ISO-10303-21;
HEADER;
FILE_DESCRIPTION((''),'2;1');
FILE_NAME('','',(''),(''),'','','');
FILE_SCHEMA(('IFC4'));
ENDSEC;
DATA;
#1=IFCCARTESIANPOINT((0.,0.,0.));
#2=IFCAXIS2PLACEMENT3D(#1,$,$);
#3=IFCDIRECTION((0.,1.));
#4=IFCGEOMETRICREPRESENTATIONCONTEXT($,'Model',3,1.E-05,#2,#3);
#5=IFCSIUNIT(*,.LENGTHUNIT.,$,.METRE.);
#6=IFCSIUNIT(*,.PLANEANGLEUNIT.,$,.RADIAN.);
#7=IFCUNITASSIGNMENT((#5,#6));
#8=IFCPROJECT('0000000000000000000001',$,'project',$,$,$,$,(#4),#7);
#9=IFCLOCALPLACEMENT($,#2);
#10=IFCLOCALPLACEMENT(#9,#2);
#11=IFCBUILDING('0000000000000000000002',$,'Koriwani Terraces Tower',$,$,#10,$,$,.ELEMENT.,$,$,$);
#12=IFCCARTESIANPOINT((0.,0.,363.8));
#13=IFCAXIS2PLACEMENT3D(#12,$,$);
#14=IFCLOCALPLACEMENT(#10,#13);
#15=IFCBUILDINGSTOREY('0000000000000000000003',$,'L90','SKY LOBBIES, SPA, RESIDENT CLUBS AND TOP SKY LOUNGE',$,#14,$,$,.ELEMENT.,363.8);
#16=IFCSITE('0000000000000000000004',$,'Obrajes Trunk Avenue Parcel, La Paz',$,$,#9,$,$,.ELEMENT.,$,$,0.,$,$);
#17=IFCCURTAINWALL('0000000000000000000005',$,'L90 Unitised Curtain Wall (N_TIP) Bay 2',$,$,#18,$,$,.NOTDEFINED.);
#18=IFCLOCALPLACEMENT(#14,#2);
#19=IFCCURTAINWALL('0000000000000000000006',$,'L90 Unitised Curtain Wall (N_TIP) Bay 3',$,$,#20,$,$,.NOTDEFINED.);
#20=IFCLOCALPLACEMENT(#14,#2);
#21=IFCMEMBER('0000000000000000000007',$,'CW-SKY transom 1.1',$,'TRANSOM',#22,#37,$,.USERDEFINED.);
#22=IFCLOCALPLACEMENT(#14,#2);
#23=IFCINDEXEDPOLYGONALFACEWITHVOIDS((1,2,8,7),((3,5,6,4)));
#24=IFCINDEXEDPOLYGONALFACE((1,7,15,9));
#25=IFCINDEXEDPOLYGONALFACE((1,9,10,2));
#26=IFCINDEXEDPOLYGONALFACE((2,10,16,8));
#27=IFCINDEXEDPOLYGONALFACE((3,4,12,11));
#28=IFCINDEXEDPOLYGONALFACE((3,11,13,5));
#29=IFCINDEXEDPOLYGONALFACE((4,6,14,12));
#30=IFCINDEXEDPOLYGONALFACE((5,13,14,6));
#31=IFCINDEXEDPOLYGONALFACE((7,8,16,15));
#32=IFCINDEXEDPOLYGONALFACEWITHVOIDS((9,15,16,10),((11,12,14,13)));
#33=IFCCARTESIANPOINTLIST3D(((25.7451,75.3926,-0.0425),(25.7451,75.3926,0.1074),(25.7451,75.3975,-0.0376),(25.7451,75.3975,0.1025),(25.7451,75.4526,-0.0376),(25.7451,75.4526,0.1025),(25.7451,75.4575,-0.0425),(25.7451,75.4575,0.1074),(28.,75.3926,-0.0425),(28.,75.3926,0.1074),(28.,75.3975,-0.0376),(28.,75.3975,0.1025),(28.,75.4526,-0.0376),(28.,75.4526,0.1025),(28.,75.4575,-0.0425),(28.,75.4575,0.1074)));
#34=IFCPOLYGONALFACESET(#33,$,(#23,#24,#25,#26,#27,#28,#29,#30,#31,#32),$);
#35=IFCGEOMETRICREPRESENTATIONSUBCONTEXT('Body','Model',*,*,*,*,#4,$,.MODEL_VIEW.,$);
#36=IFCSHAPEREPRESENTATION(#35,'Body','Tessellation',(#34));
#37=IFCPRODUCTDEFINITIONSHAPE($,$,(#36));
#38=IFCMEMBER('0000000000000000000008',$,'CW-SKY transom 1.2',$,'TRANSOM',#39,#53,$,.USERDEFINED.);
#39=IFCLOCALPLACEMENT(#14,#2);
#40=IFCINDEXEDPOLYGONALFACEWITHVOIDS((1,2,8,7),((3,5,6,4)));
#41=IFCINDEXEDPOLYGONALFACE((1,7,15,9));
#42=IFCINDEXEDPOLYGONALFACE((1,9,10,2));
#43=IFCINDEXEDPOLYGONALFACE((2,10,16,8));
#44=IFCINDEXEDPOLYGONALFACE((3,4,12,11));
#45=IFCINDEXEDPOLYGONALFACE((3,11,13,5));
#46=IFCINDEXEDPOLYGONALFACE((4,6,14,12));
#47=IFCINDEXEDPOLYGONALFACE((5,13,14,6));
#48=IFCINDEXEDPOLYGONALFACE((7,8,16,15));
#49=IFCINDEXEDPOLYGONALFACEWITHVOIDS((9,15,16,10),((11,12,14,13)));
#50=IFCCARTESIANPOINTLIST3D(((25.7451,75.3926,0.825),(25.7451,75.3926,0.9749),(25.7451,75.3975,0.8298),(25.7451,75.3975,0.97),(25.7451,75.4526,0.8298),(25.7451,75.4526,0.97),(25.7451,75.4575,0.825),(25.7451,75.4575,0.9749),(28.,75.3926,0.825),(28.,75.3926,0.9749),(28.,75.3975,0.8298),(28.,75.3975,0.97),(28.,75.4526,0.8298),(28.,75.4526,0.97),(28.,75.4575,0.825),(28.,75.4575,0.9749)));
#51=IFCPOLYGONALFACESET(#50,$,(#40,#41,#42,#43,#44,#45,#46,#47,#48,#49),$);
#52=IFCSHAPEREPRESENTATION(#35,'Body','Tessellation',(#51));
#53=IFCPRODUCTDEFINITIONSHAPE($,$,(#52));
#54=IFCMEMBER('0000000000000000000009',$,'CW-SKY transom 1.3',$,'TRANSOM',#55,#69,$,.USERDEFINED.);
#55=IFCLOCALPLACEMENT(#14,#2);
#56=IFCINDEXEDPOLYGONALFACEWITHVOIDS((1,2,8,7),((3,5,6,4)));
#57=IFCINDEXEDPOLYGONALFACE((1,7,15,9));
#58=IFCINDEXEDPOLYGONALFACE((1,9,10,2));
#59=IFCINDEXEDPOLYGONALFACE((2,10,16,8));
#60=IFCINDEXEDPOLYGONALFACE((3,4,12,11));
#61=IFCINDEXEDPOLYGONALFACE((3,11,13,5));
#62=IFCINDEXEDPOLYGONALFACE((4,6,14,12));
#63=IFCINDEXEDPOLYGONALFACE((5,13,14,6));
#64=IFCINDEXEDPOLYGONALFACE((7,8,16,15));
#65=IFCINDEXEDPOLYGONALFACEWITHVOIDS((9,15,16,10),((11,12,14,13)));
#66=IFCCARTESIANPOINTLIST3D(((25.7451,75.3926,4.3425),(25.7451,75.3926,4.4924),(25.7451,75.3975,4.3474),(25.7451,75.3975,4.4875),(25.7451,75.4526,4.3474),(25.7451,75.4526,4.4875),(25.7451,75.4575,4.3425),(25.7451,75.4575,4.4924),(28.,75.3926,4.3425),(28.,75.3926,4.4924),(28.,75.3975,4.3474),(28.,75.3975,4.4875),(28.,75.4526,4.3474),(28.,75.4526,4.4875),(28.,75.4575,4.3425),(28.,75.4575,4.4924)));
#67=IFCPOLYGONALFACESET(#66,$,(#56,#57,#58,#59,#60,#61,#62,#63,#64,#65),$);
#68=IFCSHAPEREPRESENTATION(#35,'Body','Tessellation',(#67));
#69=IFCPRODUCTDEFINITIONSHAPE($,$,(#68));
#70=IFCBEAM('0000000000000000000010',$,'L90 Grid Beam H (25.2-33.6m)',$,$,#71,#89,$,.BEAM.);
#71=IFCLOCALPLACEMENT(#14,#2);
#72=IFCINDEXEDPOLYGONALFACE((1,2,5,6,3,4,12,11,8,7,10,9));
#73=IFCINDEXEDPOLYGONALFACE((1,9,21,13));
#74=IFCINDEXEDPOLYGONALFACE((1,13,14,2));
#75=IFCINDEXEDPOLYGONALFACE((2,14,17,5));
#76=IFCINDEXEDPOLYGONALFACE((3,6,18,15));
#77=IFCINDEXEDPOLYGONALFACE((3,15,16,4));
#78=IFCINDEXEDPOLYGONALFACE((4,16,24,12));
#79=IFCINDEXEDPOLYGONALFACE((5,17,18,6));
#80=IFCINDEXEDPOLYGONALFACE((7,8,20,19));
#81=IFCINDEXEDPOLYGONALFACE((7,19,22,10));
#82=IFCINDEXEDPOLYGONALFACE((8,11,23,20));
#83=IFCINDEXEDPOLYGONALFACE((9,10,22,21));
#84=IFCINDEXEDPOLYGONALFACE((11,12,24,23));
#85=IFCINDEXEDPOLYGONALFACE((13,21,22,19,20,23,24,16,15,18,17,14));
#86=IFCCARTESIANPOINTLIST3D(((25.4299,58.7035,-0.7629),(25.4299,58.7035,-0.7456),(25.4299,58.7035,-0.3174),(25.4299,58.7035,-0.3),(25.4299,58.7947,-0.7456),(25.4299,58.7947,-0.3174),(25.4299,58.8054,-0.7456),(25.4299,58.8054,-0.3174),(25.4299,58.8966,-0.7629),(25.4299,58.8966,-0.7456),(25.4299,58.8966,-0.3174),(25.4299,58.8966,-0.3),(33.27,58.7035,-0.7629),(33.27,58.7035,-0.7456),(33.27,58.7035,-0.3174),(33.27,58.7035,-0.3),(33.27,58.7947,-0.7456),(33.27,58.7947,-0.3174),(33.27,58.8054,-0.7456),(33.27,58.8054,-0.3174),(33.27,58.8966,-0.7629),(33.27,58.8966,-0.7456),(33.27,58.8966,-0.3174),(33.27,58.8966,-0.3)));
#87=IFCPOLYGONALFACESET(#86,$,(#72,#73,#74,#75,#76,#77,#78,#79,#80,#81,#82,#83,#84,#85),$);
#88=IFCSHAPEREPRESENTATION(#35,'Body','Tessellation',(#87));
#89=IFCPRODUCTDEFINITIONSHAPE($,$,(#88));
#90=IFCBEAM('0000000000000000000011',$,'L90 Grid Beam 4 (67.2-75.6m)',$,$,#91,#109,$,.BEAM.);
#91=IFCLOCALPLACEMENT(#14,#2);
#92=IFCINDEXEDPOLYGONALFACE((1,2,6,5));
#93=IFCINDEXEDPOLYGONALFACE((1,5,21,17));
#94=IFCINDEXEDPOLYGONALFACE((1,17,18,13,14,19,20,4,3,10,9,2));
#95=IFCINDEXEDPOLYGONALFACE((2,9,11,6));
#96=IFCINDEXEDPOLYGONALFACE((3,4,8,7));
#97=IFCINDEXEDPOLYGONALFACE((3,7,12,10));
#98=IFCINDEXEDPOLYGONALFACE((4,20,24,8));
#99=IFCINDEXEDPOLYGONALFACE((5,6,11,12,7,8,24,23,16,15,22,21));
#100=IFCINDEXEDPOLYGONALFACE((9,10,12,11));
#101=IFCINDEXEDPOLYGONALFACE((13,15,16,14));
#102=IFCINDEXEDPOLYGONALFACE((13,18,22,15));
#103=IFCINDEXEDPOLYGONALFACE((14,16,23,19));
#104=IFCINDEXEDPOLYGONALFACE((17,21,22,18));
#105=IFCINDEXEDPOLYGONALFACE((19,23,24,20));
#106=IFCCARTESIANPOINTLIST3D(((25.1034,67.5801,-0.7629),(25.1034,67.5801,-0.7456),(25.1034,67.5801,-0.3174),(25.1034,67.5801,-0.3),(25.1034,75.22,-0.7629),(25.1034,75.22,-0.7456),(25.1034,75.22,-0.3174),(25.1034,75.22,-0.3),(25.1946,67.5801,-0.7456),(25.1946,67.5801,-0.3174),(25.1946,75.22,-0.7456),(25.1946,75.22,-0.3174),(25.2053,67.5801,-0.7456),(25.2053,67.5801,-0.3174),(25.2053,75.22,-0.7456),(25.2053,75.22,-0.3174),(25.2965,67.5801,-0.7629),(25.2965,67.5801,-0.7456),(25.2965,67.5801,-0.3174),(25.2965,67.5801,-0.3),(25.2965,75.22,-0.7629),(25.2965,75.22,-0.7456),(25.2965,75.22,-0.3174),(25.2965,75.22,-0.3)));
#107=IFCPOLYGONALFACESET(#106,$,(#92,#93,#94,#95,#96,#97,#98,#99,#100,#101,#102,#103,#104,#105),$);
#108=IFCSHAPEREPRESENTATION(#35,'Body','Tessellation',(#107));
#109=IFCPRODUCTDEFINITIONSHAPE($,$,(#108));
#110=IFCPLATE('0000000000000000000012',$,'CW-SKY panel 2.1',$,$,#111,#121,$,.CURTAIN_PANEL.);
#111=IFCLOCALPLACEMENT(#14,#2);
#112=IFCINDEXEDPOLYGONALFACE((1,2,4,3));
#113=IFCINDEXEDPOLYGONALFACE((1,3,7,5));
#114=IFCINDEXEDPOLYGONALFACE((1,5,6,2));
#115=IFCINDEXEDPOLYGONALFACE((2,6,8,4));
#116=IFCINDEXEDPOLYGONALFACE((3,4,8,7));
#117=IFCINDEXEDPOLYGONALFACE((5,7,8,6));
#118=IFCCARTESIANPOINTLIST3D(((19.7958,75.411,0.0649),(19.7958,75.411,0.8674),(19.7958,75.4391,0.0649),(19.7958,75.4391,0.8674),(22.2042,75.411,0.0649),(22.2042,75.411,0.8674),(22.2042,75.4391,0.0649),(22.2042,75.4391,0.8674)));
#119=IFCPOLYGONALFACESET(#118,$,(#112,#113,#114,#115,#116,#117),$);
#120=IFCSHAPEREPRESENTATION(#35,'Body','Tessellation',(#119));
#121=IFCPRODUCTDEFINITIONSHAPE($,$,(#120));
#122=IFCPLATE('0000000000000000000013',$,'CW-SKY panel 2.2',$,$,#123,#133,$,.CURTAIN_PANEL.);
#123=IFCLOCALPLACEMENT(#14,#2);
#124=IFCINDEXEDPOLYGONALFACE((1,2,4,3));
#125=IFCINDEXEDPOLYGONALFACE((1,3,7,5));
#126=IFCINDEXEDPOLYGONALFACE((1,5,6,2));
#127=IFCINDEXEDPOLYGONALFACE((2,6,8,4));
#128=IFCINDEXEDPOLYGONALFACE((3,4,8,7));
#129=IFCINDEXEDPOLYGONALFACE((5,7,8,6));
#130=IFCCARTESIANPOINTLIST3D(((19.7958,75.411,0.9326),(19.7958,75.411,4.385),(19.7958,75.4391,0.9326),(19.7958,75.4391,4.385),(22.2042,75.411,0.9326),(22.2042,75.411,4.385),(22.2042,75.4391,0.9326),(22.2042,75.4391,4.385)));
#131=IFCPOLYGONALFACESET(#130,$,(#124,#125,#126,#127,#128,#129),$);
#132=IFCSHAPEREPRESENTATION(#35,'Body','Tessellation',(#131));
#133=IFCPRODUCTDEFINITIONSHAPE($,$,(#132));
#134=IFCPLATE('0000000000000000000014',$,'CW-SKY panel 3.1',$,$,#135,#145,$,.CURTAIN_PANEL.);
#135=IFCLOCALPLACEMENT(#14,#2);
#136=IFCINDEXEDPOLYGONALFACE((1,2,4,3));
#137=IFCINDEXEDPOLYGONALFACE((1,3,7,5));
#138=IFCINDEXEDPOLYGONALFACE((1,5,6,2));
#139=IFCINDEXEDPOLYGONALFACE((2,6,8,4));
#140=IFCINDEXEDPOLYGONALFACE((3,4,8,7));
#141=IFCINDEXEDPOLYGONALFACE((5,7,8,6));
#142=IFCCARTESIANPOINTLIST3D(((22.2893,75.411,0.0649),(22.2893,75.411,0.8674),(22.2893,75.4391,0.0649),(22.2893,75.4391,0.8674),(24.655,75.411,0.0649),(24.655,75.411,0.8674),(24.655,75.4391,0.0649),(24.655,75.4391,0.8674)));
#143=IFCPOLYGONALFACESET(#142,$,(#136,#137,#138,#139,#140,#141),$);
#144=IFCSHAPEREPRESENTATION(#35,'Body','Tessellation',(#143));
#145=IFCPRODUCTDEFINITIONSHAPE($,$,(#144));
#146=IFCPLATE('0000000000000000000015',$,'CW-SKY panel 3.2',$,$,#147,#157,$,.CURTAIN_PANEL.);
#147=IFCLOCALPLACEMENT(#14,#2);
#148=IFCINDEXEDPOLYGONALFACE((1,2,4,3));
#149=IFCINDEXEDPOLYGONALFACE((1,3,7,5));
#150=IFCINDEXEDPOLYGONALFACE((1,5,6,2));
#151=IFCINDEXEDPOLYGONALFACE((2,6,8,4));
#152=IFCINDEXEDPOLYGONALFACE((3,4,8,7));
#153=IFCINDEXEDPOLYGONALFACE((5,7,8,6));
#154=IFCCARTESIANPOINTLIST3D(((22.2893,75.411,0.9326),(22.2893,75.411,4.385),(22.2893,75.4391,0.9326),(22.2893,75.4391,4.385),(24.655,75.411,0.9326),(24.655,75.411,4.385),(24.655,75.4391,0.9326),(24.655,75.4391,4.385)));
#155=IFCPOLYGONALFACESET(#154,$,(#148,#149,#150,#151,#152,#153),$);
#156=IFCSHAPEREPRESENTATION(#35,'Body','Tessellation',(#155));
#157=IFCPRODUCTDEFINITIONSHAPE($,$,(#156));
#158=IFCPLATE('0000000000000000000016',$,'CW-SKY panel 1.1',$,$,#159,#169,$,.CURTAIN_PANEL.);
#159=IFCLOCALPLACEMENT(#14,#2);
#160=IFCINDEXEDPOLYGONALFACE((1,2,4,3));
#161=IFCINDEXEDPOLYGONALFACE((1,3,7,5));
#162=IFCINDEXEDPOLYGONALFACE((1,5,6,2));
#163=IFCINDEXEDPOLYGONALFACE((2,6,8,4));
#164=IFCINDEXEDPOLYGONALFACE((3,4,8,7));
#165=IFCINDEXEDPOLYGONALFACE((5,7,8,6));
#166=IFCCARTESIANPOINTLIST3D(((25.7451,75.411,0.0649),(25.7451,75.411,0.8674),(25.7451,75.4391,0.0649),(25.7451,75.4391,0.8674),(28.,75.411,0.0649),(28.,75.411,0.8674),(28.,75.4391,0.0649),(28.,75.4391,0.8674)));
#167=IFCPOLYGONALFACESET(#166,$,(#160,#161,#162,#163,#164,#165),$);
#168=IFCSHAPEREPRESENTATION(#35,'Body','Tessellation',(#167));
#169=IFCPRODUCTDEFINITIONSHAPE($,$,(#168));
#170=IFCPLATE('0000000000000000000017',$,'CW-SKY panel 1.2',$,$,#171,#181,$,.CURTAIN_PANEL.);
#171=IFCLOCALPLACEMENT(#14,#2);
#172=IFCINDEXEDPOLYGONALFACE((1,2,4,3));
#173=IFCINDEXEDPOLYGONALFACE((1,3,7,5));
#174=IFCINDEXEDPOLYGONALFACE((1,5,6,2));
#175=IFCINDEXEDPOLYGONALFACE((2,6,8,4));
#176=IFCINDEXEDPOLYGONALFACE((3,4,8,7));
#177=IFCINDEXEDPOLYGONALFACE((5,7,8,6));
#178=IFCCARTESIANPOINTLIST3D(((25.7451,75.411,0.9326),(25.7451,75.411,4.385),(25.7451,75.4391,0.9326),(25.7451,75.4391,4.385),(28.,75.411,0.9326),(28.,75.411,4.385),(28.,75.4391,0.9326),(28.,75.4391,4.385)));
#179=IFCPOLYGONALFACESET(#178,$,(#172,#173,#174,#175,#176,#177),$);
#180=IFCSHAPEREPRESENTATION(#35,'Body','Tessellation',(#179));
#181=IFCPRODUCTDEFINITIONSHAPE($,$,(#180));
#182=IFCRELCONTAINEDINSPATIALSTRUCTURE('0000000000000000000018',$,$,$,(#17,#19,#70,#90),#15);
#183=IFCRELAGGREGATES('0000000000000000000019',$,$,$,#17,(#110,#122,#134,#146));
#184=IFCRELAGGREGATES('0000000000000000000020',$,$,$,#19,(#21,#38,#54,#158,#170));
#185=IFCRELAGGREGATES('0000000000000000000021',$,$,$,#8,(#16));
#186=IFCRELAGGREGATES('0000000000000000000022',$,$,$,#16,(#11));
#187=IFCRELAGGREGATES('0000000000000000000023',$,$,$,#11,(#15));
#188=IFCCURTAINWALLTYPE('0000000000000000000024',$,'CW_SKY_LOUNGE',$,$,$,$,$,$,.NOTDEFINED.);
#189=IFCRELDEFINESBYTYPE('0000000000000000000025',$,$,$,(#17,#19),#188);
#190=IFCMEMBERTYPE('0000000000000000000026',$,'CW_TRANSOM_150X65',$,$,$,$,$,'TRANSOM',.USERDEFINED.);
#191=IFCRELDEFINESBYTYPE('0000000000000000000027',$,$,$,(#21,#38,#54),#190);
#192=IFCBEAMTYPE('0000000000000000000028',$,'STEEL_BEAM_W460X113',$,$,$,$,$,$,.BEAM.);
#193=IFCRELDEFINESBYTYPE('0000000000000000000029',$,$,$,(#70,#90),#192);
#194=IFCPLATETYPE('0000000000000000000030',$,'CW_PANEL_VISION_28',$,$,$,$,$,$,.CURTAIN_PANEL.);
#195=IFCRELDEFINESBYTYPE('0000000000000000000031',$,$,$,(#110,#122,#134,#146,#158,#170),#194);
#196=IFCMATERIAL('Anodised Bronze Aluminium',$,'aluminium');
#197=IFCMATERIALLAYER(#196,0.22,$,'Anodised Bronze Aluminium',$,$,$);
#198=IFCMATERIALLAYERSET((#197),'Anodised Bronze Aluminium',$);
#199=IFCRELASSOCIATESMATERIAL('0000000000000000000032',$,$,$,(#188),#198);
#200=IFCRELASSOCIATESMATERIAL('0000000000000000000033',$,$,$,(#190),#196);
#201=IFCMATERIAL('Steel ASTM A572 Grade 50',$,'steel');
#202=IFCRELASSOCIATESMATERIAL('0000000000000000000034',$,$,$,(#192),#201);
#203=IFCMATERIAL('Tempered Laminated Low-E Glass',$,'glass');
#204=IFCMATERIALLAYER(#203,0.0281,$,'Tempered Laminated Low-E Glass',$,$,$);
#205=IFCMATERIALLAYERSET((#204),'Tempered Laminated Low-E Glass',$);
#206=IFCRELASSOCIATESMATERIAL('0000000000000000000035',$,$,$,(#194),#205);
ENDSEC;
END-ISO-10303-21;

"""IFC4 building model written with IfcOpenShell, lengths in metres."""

from ifc_helpers import new_model, si_unit, direction, frame, origin, origin_2d, place, context, subcontext, project, spatial, rectangle, hollow_rectangle, i_section, extrude, material, layer, layer_set, material_profile, profile_set, type_object, element, aggregate, save


model = new_model("IFC4")

# Units and contexts
model_context = context("Model", 3, precision=1e-05, world=origin(), true_north=direction((0.0, 1.0)))
body_context = subcontext(model_context, "Body", "Model", "MODEL_VIEW")
ifc_project = project(units=[si_unit("LENGTHUNIT", "METRE"), si_unit("PLANEANGLEUNIT", "RADIAN")], contexts=[model_context])

# Site, building, storey
site_placement = place(None, origin())
site = spatial("IfcSite", under=ifc_project, at=site_placement, Name="Obrajes Trunk Avenue Parcel, La Paz", CompositionType="ELEMENT", RefElevation=0.0)
building_placement = place(site_placement, origin())
building = spatial("IfcBuilding", under=site, at=building_placement, Name="Koriwani Terraces Tower", CompositionType="ELEMENT")
storey_placement = place(building_placement, frame((0.0, 0.0, 363.8)))
storey = spatial("IfcBuildingStorey", under=building, at=storey_placement, Name="L90", Description="SKY LOBBIES, SPA, RESIDENT CLUBS AND TOP SKY LOUNGE", CompositionType="ELEMENT", Elevation=363.8)

# Curtain walls
ifc_material_1 = material(Name="Anodised Bronze Aluminium", Category="aluminium")
ifc_layer_1 = layer(ifc_material_1, 0.22, Name="Anodised Bronze Aluminium")
ifc_layer_set_1 = layer_set([ifc_layer_1], Name="Anodised Bronze Aluminium")
curtain_wall_type = type_object("IfcCurtainWallType", Name="CW_SKY_LOUNGE", PredefinedType="NOTDEFINED", material=ifc_layer_set_1)
curtain_wall_1_placement = place(storey_placement, origin())
curtain_wall_1 = element("IfcCurtainWall", 1, at=curtain_wall_1_placement, inside=storey, type_object=curtain_wall_type, Name="L90 Unitised Curtain Wall (N_TIP) Bay 2", PredefinedType="NOTDEFINED")
curtain_wall_2_placement = place(storey_placement, origin())
curtain_wall_2 = element("IfcCurtainWall", 2, at=curtain_wall_2_placement, inside=storey, type_object=curtain_wall_type, Name="L90 Unitised Curtain Wall (N_TIP) Bay 3", PredefinedType="NOTDEFINED")

# Members
ifc_material_profile_1 = material_profile(ifc_material_1, hollow_rectangle(XDim=0.0649, YDim=0.1499, WallThickness=0.0049, at=origin_2d()), Name="Anodised Bronze Aluminium", Category="LoadBearing")
ifc_profile_set_1 = profile_set([ifc_material_profile_1], Name="Anodised Bronze Aluminium")
member_type_1 = type_object("IfcMemberType", Name="CW_TRANSOM_150X65", ElementType="TRANSOM", PredefinedType="USERDEFINED", material=ifc_profile_set_1)
member_1_placement = place(storey_placement, frame((25.7451, 75.425, 0.0325), z_axis=(1.0, 0.0, 0.0), x_axis=(0.0, 1.0, 0.0)))
member_1 = element("IfcMember", 3, at=member_1_placement, type_object=member_type_1, Name="CW-SKY transom 1.1", ObjectType="TRANSOM", PredefinedType="USERDEFINED", context=body_context, shape_type="SweptSolid", body=[
    extrude(hollow_rectangle(XDim=0.0649, YDim=0.1499, WallThickness=0.0049, at=origin_2d()), origin(), (0.0, 0.0, 1.0), 2.2549),
])
member_2_placement = place(storey_placement, frame((25.7451, 75.425, 0.8999), z_axis=(1.0, 0.0, 0.0), x_axis=(0.0, 1.0, 0.0)))
member_2 = element("IfcMember", 4, at=member_2_placement, type_object=member_type_1, Name="CW-SKY transom 1.2", ObjectType="TRANSOM", PredefinedType="USERDEFINED", context=body_context, shape_type="SweptSolid", body=[
    extrude(hollow_rectangle(XDim=0.0649, YDim=0.1499, WallThickness=0.0049, at=origin_2d()), origin(), (0.0, 0.0, 1.0), 2.2549),
])
member_3_placement = place(storey_placement, frame((25.7451, 75.425, 4.4175), z_axis=(1.0, 0.0, 0.0), x_axis=(0.0, 1.0, 0.0)))
member_3 = element("IfcMember", 5, at=member_3_placement, type_object=member_type_1, Name="CW-SKY transom 1.3", ObjectType="TRANSOM", PredefinedType="USERDEFINED", context=body_context, shape_type="SweptSolid", body=[
    extrude(hollow_rectangle(XDim=0.0649, YDim=0.1499, WallThickness=0.0049, at=origin_2d()), origin(), (0.0, 0.0, 1.0), 2.2549),
])

# Beams
ifc_material_2 = material(Name="Steel ASTM A572 Grade 50", Category="steel")
ifc_material_profile_2 = material_profile(ifc_material_2, i_section(OverallWidth=0.1931, OverallDepth=0.4629, WebThickness=0.0107, FlangeThickness=0.0173, at=origin_2d()), Name="Steel ASTM A572 Grade 50", Category="LoadBearing")
ifc_profile_set_2 = profile_set([ifc_material_profile_2], Name="Steel ASTM A572 Grade 50")
beam_type_1 = type_object("IfcBeamType", Name="STEEL_BEAM_W460X113", PredefinedType="BEAM", material=ifc_profile_set_2)
beam_1_placement = place(storey_placement, frame((25.4299, 58.8, -0.5315), z_axis=(1.0, 0.0, 0.0), x_axis=(0.0, 1.0, 0.0)))
element("IfcBeam", 6, at=beam_1_placement, inside=storey, type_object=beam_type_1, Name="L90 Grid Beam H (25.2-33.6m)", PredefinedType="BEAM", context=body_context, shape_type="SweptSolid", body=[
    extrude(i_section(OverallWidth=0.1931, OverallDepth=0.4629, WebThickness=0.0107, FlangeThickness=0.0173, at=origin_2d()), origin(), (0.0, 0.0, 1.0), 7.8401),
])
beam_2_placement = place(storey_placement, frame((25.2, 67.5801, -0.5315), z_axis=(0.0, 1.0, 0.0), x_axis=(-1.0, 0.0, 0.0)))
element("IfcBeam", 7, at=beam_2_placement, inside=storey, type_object=beam_type_1, Name="L90 Grid Beam 4 (67.2-75.6m)", PredefinedType="BEAM", context=body_context, shape_type="SweptSolid", body=[
    extrude(i_section(OverallWidth=0.1931, OverallDepth=0.4629, WebThickness=0.0107, FlangeThickness=0.0173, at=origin_2d()), origin(), (0.0, 0.0, 1.0), 7.6399),
])

# Plates
ifc_material_3 = material(Name="Tempered Laminated Low-E Glass", Category="glass")
ifc_layer_2 = layer(ifc_material_3, 0.0281, Name="Tempered Laminated Low-E Glass")
ifc_layer_set_2 = layer_set([ifc_layer_2], Name="Tempered Laminated Low-E Glass")
plate_type = type_object("IfcPlateType", Name="CW_PANEL_VISION_28", PredefinedType="CURTAIN_PANEL", material=ifc_layer_set_2)
plate_1_placement = place(storey_placement, frame((21.0, 75.425, 0.0649), z_axis=(0.0, 0.0, 1.0), x_axis=(1.0, 0.0, 0.0)))
plate_1 = element("IfcPlate", 8, at=plate_1_placement, type_object=plate_type, Name="CW-SKY panel 2.1", PredefinedType="CURTAIN_PANEL", context=body_context, shape_type="SweptSolid", body=[
    extrude(rectangle(XDim=2.4084, YDim=0.0281, at=origin_2d()), origin(), (0.0, 0.0, 1.0), 0.8025),
])
plate_2_placement = place(storey_placement, frame((21.0, 75.425, 0.9326), z_axis=(0.0, 0.0, 1.0), x_axis=(1.0, 0.0, 0.0)))
plate_2 = element("IfcPlate", 9, at=plate_2_placement, type_object=plate_type, Name="CW-SKY panel 2.2", PredefinedType="CURTAIN_PANEL", context=body_context, shape_type="SweptSolid", body=[
    extrude(rectangle(XDim=2.4084, YDim=0.0281, at=origin_2d()), origin(), (0.0, 0.0, 1.0), 3.4524),
])
plate_3_placement = place(storey_placement, frame((23.4722, 75.425, 0.0649), z_axis=(0.0, 0.0, 1.0), x_axis=(1.0, 0.0, 0.0)))
plate_3 = element("IfcPlate", 10, at=plate_3_placement, type_object=plate_type, Name="CW-SKY panel 3.1", PredefinedType="CURTAIN_PANEL", context=body_context, shape_type="SweptSolid", body=[
    extrude(rectangle(XDim=2.3657, YDim=0.0281, at=origin_2d()), origin(), (0.0, 0.0, 1.0), 0.8025),
])
plate_4_placement = place(storey_placement, frame((23.4722, 75.425, 0.9326), z_axis=(0.0, 0.0, 1.0), x_axis=(1.0, 0.0, 0.0)))
plate_4 = element("IfcPlate", 11, at=plate_4_placement, type_object=plate_type, Name="CW-SKY panel 3.2", PredefinedType="CURTAIN_PANEL", context=body_context, shape_type="SweptSolid", body=[
    extrude(rectangle(XDim=2.3657, YDim=0.0281, at=origin_2d()), origin(), (0.0, 0.0, 1.0), 3.4524),
])
aggregate(curtain_wall_1, [plate_1, plate_2, plate_3, plate_4])
plate_5_placement = place(storey_placement, frame((26.8726, 75.425, 0.0649), z_axis=(0.0, 0.0, 1.0), x_axis=(1.0, 0.0, 0.0)))
plate_5 = element("IfcPlate", 12, at=plate_5_placement, type_object=plate_type, Name="CW-SKY panel 1.1", PredefinedType="CURTAIN_PANEL", context=body_context, shape_type="SweptSolid", body=[
    extrude(rectangle(XDim=2.2549, YDim=0.0281, at=origin_2d()), origin(), (0.0, 0.0, 1.0), 0.8025),
])
plate_6_placement = place(storey_placement, frame((26.8726, 75.425, 0.9326), z_axis=(0.0, 0.0, 1.0), x_axis=(1.0, 0.0, 0.0)))
plate_6 = element("IfcPlate", 13, at=plate_6_placement, type_object=plate_type, Name="CW-SKY panel 1.2", PredefinedType="CURTAIN_PANEL", context=body_context, shape_type="SweptSolid", body=[
    extrude(rectangle(XDim=2.2549, YDim=0.0281, at=origin_2d()), origin(), (0.0, 0.0, 1.0), 3.4524),
])
aggregate(curtain_wall_2, [member_1, member_2, member_3, plate_5, plate_6])

save(model, "model.ifc")
